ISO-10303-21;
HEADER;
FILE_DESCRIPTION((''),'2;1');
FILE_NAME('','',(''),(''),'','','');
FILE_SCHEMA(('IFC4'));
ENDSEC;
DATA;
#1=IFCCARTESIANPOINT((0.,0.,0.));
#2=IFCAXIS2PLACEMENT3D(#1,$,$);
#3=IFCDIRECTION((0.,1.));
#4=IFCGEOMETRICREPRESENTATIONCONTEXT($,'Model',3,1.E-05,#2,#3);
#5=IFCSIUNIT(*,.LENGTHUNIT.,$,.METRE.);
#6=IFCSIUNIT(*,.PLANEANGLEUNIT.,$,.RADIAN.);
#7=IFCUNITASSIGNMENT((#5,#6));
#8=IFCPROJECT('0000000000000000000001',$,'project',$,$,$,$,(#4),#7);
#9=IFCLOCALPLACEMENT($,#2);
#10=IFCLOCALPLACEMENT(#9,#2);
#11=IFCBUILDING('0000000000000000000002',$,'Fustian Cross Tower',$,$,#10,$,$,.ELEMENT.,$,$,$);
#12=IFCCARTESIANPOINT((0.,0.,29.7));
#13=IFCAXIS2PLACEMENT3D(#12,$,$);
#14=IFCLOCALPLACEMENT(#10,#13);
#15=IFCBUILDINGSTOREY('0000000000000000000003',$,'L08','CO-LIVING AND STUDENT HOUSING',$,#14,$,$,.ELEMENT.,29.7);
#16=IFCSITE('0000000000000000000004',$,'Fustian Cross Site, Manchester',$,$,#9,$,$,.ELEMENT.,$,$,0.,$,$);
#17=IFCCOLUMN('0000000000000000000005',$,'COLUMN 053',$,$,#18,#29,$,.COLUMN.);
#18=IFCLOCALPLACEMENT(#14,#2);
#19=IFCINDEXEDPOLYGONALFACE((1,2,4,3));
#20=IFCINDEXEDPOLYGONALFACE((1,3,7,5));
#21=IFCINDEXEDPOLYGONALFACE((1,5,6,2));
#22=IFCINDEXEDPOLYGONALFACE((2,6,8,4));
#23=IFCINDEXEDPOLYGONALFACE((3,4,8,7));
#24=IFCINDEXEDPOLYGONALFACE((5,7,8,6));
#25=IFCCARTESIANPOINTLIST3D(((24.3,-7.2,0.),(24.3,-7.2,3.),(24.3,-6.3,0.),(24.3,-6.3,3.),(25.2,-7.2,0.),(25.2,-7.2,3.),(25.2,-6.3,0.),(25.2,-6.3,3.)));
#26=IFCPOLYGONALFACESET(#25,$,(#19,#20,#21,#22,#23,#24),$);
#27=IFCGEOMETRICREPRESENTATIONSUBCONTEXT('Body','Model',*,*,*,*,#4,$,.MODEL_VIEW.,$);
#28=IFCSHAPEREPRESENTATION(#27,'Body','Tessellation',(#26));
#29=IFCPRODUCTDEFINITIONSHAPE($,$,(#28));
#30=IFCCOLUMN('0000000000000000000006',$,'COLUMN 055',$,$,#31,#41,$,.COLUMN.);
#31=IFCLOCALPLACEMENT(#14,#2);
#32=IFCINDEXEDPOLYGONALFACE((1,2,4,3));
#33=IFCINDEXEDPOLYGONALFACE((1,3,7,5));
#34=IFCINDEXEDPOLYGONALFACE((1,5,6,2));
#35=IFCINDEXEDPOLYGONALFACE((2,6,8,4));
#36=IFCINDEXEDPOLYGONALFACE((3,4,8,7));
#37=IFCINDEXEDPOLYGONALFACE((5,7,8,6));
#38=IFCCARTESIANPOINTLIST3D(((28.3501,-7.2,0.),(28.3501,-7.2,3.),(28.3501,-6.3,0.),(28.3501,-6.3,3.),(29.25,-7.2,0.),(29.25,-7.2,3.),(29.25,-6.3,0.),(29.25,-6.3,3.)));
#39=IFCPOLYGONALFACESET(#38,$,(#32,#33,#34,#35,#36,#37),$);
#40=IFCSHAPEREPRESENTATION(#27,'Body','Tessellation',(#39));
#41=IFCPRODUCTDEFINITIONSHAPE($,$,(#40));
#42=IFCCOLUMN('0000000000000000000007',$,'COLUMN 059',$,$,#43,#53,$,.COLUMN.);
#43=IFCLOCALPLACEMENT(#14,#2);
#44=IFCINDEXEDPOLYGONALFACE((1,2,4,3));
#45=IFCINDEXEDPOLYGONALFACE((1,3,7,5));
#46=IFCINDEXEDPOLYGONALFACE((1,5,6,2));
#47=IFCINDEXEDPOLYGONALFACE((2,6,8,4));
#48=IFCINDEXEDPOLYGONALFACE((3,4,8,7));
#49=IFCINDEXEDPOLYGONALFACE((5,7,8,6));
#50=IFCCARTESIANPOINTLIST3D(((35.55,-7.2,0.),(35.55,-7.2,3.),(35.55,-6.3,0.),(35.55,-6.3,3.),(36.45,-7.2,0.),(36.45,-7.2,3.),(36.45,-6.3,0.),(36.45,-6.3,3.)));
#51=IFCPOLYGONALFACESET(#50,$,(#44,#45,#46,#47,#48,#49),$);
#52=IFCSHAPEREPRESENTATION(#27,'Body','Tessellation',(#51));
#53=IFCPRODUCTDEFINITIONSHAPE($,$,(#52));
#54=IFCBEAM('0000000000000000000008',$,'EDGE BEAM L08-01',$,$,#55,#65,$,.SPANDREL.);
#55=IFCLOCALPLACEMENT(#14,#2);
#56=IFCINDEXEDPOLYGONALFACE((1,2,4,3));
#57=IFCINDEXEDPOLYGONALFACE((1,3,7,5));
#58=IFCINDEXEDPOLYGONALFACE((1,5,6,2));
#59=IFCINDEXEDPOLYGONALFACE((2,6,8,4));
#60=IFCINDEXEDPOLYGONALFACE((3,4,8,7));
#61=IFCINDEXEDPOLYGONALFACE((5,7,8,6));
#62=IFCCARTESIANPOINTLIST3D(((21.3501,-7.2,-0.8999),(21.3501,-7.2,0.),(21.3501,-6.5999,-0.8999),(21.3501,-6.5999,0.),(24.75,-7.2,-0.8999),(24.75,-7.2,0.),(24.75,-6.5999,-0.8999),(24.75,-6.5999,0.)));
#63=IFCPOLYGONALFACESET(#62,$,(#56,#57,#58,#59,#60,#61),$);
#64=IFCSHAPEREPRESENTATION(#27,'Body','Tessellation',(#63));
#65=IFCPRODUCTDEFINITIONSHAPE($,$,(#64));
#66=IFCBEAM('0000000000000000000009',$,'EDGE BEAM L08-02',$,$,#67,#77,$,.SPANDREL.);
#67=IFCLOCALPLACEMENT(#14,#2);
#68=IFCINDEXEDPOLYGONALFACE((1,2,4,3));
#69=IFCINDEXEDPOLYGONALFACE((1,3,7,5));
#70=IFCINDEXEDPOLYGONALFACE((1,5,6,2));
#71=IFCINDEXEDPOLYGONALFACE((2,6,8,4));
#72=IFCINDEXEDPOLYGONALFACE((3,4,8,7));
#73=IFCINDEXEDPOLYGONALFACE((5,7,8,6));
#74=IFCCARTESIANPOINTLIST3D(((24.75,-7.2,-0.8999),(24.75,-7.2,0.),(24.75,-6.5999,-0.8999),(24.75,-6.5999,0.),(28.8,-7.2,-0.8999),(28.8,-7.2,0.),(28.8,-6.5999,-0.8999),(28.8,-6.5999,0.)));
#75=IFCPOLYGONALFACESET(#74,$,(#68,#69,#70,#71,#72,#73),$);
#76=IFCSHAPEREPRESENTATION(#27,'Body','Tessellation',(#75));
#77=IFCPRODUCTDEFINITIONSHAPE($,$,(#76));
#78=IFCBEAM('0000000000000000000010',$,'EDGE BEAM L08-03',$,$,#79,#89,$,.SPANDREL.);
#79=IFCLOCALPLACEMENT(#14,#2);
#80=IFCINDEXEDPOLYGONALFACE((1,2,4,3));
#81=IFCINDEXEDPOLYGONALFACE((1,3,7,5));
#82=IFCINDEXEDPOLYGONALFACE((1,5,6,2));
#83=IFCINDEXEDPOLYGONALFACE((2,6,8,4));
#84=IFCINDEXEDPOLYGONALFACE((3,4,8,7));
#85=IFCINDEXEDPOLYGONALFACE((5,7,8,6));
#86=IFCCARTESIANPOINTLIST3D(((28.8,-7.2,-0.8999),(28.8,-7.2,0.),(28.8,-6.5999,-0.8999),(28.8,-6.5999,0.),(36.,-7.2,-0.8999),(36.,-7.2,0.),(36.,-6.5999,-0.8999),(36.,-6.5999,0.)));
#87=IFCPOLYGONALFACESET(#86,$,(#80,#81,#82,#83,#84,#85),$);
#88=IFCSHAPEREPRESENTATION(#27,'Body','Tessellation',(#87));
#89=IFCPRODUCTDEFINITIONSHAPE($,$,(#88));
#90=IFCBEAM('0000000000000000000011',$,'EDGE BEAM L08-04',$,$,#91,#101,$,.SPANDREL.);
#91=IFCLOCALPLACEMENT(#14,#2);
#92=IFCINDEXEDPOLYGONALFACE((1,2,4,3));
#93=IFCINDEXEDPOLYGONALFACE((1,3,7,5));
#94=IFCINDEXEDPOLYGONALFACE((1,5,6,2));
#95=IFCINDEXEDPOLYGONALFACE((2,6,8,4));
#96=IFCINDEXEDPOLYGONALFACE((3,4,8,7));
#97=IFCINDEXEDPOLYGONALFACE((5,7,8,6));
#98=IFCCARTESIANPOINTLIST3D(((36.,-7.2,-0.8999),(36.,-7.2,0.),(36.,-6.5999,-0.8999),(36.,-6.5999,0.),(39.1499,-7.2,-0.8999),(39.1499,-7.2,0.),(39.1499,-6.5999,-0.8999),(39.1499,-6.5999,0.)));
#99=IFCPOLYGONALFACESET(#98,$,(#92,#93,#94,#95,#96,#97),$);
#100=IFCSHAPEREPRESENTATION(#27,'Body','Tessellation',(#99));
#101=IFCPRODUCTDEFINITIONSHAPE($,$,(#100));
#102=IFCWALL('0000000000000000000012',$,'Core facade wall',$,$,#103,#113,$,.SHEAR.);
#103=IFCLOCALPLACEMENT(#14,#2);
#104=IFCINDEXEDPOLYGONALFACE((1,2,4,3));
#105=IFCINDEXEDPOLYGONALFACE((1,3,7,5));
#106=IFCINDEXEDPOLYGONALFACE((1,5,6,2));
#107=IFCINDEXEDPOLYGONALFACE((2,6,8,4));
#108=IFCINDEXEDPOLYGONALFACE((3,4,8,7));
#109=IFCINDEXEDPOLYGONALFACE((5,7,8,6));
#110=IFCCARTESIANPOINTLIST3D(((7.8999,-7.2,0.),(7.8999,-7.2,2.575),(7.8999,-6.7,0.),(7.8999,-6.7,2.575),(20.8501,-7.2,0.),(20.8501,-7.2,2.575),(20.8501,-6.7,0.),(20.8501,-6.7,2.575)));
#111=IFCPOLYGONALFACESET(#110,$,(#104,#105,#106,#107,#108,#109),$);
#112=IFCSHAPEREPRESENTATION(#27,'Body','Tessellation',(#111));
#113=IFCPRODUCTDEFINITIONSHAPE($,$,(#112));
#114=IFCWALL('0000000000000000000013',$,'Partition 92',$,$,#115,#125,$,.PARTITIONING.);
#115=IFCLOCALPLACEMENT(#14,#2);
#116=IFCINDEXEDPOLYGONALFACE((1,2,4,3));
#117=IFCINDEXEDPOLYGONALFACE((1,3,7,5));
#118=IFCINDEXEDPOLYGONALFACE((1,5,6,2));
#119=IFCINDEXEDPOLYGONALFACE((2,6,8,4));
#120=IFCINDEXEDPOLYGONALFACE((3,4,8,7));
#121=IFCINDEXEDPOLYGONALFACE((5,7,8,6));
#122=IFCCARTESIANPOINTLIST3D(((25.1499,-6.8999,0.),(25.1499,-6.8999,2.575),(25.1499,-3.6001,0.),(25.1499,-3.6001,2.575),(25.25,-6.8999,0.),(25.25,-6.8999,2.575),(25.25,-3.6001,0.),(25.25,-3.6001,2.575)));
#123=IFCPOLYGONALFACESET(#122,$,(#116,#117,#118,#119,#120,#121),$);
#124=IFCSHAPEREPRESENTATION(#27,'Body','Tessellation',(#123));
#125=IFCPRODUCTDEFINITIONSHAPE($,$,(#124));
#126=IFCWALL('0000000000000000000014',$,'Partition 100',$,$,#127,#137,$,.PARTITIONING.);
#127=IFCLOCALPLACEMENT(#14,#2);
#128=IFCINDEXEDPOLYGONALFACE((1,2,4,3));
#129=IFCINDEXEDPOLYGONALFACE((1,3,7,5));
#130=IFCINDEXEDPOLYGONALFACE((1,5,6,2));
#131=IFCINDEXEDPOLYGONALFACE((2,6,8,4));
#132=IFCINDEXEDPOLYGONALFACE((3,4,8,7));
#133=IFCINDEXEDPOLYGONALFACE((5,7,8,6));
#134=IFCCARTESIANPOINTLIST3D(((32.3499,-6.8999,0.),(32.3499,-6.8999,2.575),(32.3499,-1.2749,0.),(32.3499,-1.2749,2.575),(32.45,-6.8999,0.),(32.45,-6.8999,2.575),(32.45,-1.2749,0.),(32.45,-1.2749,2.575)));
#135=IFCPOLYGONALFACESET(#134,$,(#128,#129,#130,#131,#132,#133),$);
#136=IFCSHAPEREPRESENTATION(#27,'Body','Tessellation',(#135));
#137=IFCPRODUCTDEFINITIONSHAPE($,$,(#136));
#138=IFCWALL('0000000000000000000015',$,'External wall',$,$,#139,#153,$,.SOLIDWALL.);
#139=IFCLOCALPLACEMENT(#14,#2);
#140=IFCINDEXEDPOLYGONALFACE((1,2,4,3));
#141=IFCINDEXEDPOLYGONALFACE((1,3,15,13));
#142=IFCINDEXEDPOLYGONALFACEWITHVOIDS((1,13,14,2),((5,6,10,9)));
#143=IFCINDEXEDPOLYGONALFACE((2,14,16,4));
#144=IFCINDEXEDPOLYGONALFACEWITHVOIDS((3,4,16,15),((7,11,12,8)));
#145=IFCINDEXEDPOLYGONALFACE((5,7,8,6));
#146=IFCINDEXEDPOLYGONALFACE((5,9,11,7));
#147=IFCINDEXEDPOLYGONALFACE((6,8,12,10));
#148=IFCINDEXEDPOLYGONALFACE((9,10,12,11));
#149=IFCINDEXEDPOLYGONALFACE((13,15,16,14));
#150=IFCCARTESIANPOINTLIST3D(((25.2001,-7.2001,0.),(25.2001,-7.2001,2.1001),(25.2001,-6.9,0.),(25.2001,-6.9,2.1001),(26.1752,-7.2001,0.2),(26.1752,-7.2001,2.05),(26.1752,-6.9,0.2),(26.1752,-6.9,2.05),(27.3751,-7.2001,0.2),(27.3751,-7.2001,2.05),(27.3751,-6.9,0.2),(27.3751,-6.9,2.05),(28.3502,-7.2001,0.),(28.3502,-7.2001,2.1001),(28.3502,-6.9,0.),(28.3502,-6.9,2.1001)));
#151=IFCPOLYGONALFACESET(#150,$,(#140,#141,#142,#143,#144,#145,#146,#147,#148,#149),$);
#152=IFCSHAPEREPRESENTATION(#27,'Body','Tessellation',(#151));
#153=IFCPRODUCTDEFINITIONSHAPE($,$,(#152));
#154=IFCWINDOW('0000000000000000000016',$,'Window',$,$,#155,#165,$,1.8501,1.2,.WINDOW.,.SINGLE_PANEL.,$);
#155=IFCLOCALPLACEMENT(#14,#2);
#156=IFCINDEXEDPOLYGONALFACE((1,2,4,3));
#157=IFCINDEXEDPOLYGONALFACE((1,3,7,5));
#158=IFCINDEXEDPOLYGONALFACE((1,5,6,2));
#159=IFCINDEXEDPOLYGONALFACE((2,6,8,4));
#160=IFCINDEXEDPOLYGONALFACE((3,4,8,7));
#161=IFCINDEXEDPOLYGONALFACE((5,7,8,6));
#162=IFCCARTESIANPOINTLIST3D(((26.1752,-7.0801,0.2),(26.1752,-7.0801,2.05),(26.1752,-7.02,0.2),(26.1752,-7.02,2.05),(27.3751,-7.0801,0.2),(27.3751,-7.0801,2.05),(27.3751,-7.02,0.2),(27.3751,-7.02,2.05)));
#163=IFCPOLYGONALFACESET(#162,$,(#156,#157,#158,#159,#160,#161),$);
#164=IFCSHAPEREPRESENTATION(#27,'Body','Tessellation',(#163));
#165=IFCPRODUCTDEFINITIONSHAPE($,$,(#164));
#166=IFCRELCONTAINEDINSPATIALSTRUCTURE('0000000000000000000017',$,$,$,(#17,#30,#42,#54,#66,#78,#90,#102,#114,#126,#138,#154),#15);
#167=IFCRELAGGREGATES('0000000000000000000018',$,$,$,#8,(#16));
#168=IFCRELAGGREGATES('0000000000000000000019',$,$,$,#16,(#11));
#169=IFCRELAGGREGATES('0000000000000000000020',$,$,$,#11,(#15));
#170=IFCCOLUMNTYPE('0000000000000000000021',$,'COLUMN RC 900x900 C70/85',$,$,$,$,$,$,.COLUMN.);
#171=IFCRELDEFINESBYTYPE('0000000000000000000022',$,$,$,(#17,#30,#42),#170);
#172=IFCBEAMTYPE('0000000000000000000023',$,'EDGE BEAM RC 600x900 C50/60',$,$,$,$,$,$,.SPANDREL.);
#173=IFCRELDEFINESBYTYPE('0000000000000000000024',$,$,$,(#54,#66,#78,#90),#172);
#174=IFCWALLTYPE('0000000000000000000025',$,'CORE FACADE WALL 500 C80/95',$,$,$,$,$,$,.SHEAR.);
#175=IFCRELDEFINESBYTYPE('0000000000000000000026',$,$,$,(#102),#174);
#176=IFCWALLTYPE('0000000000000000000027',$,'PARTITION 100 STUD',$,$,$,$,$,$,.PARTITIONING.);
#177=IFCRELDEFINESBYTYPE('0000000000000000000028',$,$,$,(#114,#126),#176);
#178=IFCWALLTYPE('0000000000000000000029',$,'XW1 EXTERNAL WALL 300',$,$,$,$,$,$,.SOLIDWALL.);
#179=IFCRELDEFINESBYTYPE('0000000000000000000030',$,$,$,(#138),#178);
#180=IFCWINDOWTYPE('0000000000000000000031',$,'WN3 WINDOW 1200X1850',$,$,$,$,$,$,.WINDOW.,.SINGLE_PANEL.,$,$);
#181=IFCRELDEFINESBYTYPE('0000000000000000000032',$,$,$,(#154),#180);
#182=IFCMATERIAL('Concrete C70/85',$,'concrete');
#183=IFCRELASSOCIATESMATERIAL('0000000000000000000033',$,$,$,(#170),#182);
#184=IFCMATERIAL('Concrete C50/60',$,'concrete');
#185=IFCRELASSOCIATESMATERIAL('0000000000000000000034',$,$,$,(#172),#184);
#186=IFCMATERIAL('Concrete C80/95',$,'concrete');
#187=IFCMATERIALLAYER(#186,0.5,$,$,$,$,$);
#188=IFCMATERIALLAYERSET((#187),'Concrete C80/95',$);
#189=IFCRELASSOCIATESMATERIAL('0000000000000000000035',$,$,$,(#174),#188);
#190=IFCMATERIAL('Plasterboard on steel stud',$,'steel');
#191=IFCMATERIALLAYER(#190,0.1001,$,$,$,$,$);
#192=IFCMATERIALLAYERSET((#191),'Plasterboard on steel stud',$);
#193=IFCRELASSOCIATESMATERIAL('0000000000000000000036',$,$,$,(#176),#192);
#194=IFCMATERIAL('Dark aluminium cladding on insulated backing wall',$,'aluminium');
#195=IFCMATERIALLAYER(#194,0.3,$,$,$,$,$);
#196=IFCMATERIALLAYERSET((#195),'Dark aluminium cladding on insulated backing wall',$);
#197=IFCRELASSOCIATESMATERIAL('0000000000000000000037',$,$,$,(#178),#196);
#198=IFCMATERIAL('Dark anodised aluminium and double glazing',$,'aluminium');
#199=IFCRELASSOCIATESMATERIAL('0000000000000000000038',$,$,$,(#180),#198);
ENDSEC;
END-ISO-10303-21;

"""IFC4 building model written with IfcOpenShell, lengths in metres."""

from ifc_helpers import new_model, si_unit, direction, frame, frame_2d, origin, origin_2d, place, context, subcontext, project, spatial, rectangle, extrude, material, layer, layer_set, material_profile, profile_set, type_object, element, fill, save


model = new_model("IFC4")

# Units and contexts
model_context = context("Model", 3, precision=1e-05, world=origin(), true_north=direction((0.0, 1.0)))
body_context = subcontext(model_context, "Body", "Model", "MODEL_VIEW")
ifc_project = project(units=[si_unit("LENGTHUNIT", "METRE"), si_unit("PLANEANGLEUNIT", "RADIAN")], contexts=[model_context])

# Site, building, storey
site_placement = place(None, origin())
site = spatial("IfcSite", under=ifc_project, at=site_placement, Name="Fustian Cross Site, Manchester", CompositionType="ELEMENT", RefElevation=0.0)
building_placement = place(site_placement, origin())
building = spatial("IfcBuilding", under=site, at=building_placement, Name="Fustian Cross Tower", CompositionType="ELEMENT")
storey_placement = place(building_placement, frame((0.0, 0.0, 29.7)))
storey = spatial("IfcBuildingStorey", under=building, at=storey_placement, Name="L08", Description="CO-LIVING AND STUDENT HOUSING", CompositionType="ELEMENT", Elevation=29.7)

# Columns
ifc_material_1 = material(Name="Concrete C70/85", Category="concrete")
ifc_material_profile_1 = material_profile(ifc_material_1, rectangle(XDim=0.8999, YDim=0.8999, at=origin_2d()), Name="RC 900x900")
ifc_profile_set_1 = profile_set([ifc_material_profile_1], Name="Concrete C70/85")
column_type = type_object("IfcColumnType", Name="COLUMN RC 900x900 C70/85", PredefinedType="COLUMN", material=ifc_profile_set_1)
for number, where, z_axis, x_axis, name in (
    (1, (24.75, -6.75, 0.0), (0.0, 0.0, 1.0), (1.0, 0.0, 0.0), "COLUMN 053"),
    (2, (28.8, -6.75, 0.0), (0.0, 0.0, 1.0), (1.0, 0.0, 0.0), "COLUMN 055"),
    (3, (36.0, -6.75, 0.0), (0.0, 0.0, 1.0), (1.0, 0.0, 0.0), "COLUMN 059"),
):
    element("IfcColumn", number, at=place(storey_placement, frame(where, z_axis=z_axis, x_axis=x_axis)), inside=storey, type_object=column_type, Name=name, PredefinedType="COLUMN", context=body_context, shape_type="SweptSolid", body=[
        extrude(rectangle(XDim=0.8999, YDim=0.8999, at=origin_2d()), origin(), (0.0, 0.0, 1.0), 3.0),
    ])

# Beams
ifc_material_2 = material(Name="Concrete C50/60", Category="concrete")
ifc_material_profile_2 = material_profile(ifc_material_2, rectangle(XDim=0.6001, YDim=0.8999, at=origin_2d()), Name="RC 600x900")
ifc_profile_set_2 = profile_set([ifc_material_profile_2], Name="Concrete C50/60")
beam_type = type_object("IfcBeamType", Name="EDGE BEAM RC 600x900 C50/60", PredefinedType="SPANDREL", material=ifc_profile_set_2)
beam_1_placement = place(storey_placement, frame((21.3501, -6.8999, -0.45), z_axis=(1.0, 0.0, 0.0), x_axis=(0.0, 1.0, 0.0)))
element("IfcBeam", 4, at=beam_1_placement, inside=storey, type_object=beam_type, Name="EDGE BEAM L08-01", PredefinedType="SPANDREL", context=body_context, shape_type="SweptSolid", body=[
    extrude(rectangle(XDim=0.6001, YDim=0.8999, at=origin_2d()), origin(), (0.0, 0.0, 1.0), 3.3999),
])
beam_2_placement = place(storey_placement, frame((24.75, -6.8999, -0.45), z_axis=(1.0, 0.0, 0.0), x_axis=(0.0, 1.0, 0.0)))
element("IfcBeam", 5, at=beam_2_placement, inside=storey, type_object=beam_type, Name="EDGE BEAM L08-02", PredefinedType="SPANDREL", context=body_context, shape_type="SweptSolid", body=[
    extrude(rectangle(XDim=0.6001, YDim=0.8999, at=origin_2d()), origin(), (0.0, 0.0, 1.0), 4.05),
])
beam_3_placement = place(storey_placement, frame((28.8, -6.8999, -0.45), z_axis=(1.0, 0.0, 0.0), x_axis=(0.0, 1.0, 0.0)))
element("IfcBeam", 6, at=beam_3_placement, inside=storey, type_object=beam_type, Name="EDGE BEAM L08-03", PredefinedType="SPANDREL", context=body_context, shape_type="SweptSolid", body=[
    extrude(rectangle(XDim=0.6001, YDim=0.8999, at=origin_2d()), origin(), (0.0, 0.0, 1.0), 7.2),
])
beam_4_placement = place(storey_placement, frame((36.0, -6.8999, -0.45), z_axis=(1.0, 0.0, 0.0), x_axis=(0.0, 1.0, 0.0)))
element("IfcBeam", 7, at=beam_4_placement, inside=storey, type_object=beam_type, Name="EDGE BEAM L08-04", PredefinedType="SPANDREL", context=body_context, shape_type="SweptSolid", body=[
    extrude(rectangle(XDim=0.6001, YDim=0.8999, at=origin_2d()), origin(), (0.0, 0.0, 1.0), 3.1499),
])

# Walls
ifc_material_3 = material(Name="Concrete C80/95", Category="concrete")
ifc_layer_1 = layer(ifc_material_3, 0.5)
ifc_layer_set_1 = layer_set([ifc_layer_1], Name="Concrete C80/95")
wall_type_1 = type_object("IfcWallType", Name="CORE FACADE WALL 500 C80/95", PredefinedType="SHEAR", material=ifc_layer_set_1)
wall_1_placement = place(storey_placement, frame((7.8999, -6.95, 0.0), z_axis=(0.0, 0.0, 1.0), x_axis=(1.0, 0.0, 0.0)))
element("IfcWall", 8, at=wall_1_placement, inside=storey, type_object=wall_type_1, Name="Core facade wall", PredefinedType="SHEAR", context=body_context, shape_type="SweptSolid", body=[
    extrude(rectangle(XDim=12.9502, YDim=0.5, at=frame_2d((6.4751, 0.0))), origin(), (0.0, 0.0, 1.0), 2.575),
])
ifc_material_4 = material(Name="Plasterboard on steel stud", Category="steel")
ifc_layer_2 = layer(ifc_material_4, 0.1001)
ifc_layer_set_2 = layer_set([ifc_layer_2], Name="Plasterboard on steel stud")
wall_type_2 = type_object("IfcWallType", Name="PARTITION 100 STUD", PredefinedType="PARTITIONING", material=ifc_layer_set_2)
wall_2_placement = place(storey_placement, frame((25.2, -6.8999, 0.0), z_axis=(0.0, 0.0, 1.0), x_axis=(0.0, 1.0, 0.0)))
element("IfcWall", 9, at=wall_2_placement, inside=storey, type_object=wall_type_2, Name="Partition 92", PredefinedType="PARTITIONING", context=body_context, shape_type="SweptSolid", body=[
    extrude(rectangle(XDim=3.2998, YDim=0.1001, at=frame_2d((1.6499, 0.0))), origin(), (0.0, 0.0, 1.0), 2.575),
])
wall_3_placement = place(storey_placement, frame((32.3999, -6.8999, 0.0), z_axis=(0.0, 0.0, 1.0), x_axis=(0.0, 1.0, 0.0)))
element("IfcWall", 10, at=wall_3_placement, inside=storey, type_object=wall_type_2, Name="Partition 100", PredefinedType="PARTITIONING", context=body_context, shape_type="SweptSolid", body=[
    extrude(rectangle(XDim=5.625, YDim=0.1001, at=frame_2d((2.8125, 0.0))), origin(), (0.0, 0.0, 1.0), 2.575),
])

# Wall, opening, window
ifc_material_5 = material(Name="Dark aluminium cladding on insulated backing wall", Category="aluminium")
ifc_layer_3 = layer(ifc_material_5, 0.3)
ifc_layer_set_3 = layer_set([ifc_layer_3], Name="Dark aluminium cladding on insulated backing wall")
wall_type_3 = type_object("IfcWallType", Name="XW1 EXTERNAL WALL 300", PredefinedType="SOLIDWALL", material=ifc_layer_set_3)
wall_4_placement = place(storey_placement, frame((25.2, -7.05, 0.0), z_axis=(0.0, 0.0, 1.0), x_axis=(1.0, 0.0, 0.0)))
wall_4 = element("IfcWall", 11, at=wall_4_placement, inside=storey, type_object=wall_type_3, Name="External wall", PredefinedType="SOLIDWALL", context=body_context, shape_type="SweptSolid", body=[
    extrude(rectangle(XDim=3.1501, YDim=0.3, at=frame_2d((1.5752, 0.0))), origin(), (0.0, 0.0, 1.0), 2.1001),
])
opening_1_placement = place(wall_4_placement, frame((0.9751, 0.0, 0.2)))
opening_1 = element("IfcOpeningElement", 12, at=opening_1_placement, cuts=wall_4, PredefinedType="OPENING", context=body_context, shape_type="SweptSolid", body=[
    extrude(rectangle(XDim=1.2, YDim=1.8501, at=frame_2d((0.6001, 0.925))), frame((0.0, 0.1599, 0.0), z_axis=(0.0, -1.0, 0.0), x_axis=(1.0, 0.0, 0.0)), (0.0, 0.0, 1.0), 0.3201),
])
ifc_material_6 = material(Name="Dark anodised aluminium and double glazing", Category="aluminium")
window_type = type_object("IfcWindowType", Name="WN3 WINDOW 1200X1850", PartitioningType="SINGLE_PANEL", PredefinedType="WINDOW", material=ifc_material_6)
window_1_placement = place(opening_1_placement, origin())
window_1 = element("IfcWindow", 13, at=window_1_placement, inside=storey, type_object=window_type, Name="Window", OverallHeight=1.8501, OverallWidth=1.2, PartitioningType="SINGLE_PANEL", PredefinedType="WINDOW", context=body_context, shape_type="SweptSolid", body=[
    extrude(rectangle(XDim=1.2, YDim=1.8501, at=frame_2d((0.6001, 0.925))), frame((0.0, 0.03, 0.0), z_axis=(0.0, -1.0, 0.0), x_axis=(1.0, 0.0, 0.0)), (0.0, 0.0, 1.0), 0.0601),
])
fill(opening_1, window_1)

save(model, "model.ifc")
